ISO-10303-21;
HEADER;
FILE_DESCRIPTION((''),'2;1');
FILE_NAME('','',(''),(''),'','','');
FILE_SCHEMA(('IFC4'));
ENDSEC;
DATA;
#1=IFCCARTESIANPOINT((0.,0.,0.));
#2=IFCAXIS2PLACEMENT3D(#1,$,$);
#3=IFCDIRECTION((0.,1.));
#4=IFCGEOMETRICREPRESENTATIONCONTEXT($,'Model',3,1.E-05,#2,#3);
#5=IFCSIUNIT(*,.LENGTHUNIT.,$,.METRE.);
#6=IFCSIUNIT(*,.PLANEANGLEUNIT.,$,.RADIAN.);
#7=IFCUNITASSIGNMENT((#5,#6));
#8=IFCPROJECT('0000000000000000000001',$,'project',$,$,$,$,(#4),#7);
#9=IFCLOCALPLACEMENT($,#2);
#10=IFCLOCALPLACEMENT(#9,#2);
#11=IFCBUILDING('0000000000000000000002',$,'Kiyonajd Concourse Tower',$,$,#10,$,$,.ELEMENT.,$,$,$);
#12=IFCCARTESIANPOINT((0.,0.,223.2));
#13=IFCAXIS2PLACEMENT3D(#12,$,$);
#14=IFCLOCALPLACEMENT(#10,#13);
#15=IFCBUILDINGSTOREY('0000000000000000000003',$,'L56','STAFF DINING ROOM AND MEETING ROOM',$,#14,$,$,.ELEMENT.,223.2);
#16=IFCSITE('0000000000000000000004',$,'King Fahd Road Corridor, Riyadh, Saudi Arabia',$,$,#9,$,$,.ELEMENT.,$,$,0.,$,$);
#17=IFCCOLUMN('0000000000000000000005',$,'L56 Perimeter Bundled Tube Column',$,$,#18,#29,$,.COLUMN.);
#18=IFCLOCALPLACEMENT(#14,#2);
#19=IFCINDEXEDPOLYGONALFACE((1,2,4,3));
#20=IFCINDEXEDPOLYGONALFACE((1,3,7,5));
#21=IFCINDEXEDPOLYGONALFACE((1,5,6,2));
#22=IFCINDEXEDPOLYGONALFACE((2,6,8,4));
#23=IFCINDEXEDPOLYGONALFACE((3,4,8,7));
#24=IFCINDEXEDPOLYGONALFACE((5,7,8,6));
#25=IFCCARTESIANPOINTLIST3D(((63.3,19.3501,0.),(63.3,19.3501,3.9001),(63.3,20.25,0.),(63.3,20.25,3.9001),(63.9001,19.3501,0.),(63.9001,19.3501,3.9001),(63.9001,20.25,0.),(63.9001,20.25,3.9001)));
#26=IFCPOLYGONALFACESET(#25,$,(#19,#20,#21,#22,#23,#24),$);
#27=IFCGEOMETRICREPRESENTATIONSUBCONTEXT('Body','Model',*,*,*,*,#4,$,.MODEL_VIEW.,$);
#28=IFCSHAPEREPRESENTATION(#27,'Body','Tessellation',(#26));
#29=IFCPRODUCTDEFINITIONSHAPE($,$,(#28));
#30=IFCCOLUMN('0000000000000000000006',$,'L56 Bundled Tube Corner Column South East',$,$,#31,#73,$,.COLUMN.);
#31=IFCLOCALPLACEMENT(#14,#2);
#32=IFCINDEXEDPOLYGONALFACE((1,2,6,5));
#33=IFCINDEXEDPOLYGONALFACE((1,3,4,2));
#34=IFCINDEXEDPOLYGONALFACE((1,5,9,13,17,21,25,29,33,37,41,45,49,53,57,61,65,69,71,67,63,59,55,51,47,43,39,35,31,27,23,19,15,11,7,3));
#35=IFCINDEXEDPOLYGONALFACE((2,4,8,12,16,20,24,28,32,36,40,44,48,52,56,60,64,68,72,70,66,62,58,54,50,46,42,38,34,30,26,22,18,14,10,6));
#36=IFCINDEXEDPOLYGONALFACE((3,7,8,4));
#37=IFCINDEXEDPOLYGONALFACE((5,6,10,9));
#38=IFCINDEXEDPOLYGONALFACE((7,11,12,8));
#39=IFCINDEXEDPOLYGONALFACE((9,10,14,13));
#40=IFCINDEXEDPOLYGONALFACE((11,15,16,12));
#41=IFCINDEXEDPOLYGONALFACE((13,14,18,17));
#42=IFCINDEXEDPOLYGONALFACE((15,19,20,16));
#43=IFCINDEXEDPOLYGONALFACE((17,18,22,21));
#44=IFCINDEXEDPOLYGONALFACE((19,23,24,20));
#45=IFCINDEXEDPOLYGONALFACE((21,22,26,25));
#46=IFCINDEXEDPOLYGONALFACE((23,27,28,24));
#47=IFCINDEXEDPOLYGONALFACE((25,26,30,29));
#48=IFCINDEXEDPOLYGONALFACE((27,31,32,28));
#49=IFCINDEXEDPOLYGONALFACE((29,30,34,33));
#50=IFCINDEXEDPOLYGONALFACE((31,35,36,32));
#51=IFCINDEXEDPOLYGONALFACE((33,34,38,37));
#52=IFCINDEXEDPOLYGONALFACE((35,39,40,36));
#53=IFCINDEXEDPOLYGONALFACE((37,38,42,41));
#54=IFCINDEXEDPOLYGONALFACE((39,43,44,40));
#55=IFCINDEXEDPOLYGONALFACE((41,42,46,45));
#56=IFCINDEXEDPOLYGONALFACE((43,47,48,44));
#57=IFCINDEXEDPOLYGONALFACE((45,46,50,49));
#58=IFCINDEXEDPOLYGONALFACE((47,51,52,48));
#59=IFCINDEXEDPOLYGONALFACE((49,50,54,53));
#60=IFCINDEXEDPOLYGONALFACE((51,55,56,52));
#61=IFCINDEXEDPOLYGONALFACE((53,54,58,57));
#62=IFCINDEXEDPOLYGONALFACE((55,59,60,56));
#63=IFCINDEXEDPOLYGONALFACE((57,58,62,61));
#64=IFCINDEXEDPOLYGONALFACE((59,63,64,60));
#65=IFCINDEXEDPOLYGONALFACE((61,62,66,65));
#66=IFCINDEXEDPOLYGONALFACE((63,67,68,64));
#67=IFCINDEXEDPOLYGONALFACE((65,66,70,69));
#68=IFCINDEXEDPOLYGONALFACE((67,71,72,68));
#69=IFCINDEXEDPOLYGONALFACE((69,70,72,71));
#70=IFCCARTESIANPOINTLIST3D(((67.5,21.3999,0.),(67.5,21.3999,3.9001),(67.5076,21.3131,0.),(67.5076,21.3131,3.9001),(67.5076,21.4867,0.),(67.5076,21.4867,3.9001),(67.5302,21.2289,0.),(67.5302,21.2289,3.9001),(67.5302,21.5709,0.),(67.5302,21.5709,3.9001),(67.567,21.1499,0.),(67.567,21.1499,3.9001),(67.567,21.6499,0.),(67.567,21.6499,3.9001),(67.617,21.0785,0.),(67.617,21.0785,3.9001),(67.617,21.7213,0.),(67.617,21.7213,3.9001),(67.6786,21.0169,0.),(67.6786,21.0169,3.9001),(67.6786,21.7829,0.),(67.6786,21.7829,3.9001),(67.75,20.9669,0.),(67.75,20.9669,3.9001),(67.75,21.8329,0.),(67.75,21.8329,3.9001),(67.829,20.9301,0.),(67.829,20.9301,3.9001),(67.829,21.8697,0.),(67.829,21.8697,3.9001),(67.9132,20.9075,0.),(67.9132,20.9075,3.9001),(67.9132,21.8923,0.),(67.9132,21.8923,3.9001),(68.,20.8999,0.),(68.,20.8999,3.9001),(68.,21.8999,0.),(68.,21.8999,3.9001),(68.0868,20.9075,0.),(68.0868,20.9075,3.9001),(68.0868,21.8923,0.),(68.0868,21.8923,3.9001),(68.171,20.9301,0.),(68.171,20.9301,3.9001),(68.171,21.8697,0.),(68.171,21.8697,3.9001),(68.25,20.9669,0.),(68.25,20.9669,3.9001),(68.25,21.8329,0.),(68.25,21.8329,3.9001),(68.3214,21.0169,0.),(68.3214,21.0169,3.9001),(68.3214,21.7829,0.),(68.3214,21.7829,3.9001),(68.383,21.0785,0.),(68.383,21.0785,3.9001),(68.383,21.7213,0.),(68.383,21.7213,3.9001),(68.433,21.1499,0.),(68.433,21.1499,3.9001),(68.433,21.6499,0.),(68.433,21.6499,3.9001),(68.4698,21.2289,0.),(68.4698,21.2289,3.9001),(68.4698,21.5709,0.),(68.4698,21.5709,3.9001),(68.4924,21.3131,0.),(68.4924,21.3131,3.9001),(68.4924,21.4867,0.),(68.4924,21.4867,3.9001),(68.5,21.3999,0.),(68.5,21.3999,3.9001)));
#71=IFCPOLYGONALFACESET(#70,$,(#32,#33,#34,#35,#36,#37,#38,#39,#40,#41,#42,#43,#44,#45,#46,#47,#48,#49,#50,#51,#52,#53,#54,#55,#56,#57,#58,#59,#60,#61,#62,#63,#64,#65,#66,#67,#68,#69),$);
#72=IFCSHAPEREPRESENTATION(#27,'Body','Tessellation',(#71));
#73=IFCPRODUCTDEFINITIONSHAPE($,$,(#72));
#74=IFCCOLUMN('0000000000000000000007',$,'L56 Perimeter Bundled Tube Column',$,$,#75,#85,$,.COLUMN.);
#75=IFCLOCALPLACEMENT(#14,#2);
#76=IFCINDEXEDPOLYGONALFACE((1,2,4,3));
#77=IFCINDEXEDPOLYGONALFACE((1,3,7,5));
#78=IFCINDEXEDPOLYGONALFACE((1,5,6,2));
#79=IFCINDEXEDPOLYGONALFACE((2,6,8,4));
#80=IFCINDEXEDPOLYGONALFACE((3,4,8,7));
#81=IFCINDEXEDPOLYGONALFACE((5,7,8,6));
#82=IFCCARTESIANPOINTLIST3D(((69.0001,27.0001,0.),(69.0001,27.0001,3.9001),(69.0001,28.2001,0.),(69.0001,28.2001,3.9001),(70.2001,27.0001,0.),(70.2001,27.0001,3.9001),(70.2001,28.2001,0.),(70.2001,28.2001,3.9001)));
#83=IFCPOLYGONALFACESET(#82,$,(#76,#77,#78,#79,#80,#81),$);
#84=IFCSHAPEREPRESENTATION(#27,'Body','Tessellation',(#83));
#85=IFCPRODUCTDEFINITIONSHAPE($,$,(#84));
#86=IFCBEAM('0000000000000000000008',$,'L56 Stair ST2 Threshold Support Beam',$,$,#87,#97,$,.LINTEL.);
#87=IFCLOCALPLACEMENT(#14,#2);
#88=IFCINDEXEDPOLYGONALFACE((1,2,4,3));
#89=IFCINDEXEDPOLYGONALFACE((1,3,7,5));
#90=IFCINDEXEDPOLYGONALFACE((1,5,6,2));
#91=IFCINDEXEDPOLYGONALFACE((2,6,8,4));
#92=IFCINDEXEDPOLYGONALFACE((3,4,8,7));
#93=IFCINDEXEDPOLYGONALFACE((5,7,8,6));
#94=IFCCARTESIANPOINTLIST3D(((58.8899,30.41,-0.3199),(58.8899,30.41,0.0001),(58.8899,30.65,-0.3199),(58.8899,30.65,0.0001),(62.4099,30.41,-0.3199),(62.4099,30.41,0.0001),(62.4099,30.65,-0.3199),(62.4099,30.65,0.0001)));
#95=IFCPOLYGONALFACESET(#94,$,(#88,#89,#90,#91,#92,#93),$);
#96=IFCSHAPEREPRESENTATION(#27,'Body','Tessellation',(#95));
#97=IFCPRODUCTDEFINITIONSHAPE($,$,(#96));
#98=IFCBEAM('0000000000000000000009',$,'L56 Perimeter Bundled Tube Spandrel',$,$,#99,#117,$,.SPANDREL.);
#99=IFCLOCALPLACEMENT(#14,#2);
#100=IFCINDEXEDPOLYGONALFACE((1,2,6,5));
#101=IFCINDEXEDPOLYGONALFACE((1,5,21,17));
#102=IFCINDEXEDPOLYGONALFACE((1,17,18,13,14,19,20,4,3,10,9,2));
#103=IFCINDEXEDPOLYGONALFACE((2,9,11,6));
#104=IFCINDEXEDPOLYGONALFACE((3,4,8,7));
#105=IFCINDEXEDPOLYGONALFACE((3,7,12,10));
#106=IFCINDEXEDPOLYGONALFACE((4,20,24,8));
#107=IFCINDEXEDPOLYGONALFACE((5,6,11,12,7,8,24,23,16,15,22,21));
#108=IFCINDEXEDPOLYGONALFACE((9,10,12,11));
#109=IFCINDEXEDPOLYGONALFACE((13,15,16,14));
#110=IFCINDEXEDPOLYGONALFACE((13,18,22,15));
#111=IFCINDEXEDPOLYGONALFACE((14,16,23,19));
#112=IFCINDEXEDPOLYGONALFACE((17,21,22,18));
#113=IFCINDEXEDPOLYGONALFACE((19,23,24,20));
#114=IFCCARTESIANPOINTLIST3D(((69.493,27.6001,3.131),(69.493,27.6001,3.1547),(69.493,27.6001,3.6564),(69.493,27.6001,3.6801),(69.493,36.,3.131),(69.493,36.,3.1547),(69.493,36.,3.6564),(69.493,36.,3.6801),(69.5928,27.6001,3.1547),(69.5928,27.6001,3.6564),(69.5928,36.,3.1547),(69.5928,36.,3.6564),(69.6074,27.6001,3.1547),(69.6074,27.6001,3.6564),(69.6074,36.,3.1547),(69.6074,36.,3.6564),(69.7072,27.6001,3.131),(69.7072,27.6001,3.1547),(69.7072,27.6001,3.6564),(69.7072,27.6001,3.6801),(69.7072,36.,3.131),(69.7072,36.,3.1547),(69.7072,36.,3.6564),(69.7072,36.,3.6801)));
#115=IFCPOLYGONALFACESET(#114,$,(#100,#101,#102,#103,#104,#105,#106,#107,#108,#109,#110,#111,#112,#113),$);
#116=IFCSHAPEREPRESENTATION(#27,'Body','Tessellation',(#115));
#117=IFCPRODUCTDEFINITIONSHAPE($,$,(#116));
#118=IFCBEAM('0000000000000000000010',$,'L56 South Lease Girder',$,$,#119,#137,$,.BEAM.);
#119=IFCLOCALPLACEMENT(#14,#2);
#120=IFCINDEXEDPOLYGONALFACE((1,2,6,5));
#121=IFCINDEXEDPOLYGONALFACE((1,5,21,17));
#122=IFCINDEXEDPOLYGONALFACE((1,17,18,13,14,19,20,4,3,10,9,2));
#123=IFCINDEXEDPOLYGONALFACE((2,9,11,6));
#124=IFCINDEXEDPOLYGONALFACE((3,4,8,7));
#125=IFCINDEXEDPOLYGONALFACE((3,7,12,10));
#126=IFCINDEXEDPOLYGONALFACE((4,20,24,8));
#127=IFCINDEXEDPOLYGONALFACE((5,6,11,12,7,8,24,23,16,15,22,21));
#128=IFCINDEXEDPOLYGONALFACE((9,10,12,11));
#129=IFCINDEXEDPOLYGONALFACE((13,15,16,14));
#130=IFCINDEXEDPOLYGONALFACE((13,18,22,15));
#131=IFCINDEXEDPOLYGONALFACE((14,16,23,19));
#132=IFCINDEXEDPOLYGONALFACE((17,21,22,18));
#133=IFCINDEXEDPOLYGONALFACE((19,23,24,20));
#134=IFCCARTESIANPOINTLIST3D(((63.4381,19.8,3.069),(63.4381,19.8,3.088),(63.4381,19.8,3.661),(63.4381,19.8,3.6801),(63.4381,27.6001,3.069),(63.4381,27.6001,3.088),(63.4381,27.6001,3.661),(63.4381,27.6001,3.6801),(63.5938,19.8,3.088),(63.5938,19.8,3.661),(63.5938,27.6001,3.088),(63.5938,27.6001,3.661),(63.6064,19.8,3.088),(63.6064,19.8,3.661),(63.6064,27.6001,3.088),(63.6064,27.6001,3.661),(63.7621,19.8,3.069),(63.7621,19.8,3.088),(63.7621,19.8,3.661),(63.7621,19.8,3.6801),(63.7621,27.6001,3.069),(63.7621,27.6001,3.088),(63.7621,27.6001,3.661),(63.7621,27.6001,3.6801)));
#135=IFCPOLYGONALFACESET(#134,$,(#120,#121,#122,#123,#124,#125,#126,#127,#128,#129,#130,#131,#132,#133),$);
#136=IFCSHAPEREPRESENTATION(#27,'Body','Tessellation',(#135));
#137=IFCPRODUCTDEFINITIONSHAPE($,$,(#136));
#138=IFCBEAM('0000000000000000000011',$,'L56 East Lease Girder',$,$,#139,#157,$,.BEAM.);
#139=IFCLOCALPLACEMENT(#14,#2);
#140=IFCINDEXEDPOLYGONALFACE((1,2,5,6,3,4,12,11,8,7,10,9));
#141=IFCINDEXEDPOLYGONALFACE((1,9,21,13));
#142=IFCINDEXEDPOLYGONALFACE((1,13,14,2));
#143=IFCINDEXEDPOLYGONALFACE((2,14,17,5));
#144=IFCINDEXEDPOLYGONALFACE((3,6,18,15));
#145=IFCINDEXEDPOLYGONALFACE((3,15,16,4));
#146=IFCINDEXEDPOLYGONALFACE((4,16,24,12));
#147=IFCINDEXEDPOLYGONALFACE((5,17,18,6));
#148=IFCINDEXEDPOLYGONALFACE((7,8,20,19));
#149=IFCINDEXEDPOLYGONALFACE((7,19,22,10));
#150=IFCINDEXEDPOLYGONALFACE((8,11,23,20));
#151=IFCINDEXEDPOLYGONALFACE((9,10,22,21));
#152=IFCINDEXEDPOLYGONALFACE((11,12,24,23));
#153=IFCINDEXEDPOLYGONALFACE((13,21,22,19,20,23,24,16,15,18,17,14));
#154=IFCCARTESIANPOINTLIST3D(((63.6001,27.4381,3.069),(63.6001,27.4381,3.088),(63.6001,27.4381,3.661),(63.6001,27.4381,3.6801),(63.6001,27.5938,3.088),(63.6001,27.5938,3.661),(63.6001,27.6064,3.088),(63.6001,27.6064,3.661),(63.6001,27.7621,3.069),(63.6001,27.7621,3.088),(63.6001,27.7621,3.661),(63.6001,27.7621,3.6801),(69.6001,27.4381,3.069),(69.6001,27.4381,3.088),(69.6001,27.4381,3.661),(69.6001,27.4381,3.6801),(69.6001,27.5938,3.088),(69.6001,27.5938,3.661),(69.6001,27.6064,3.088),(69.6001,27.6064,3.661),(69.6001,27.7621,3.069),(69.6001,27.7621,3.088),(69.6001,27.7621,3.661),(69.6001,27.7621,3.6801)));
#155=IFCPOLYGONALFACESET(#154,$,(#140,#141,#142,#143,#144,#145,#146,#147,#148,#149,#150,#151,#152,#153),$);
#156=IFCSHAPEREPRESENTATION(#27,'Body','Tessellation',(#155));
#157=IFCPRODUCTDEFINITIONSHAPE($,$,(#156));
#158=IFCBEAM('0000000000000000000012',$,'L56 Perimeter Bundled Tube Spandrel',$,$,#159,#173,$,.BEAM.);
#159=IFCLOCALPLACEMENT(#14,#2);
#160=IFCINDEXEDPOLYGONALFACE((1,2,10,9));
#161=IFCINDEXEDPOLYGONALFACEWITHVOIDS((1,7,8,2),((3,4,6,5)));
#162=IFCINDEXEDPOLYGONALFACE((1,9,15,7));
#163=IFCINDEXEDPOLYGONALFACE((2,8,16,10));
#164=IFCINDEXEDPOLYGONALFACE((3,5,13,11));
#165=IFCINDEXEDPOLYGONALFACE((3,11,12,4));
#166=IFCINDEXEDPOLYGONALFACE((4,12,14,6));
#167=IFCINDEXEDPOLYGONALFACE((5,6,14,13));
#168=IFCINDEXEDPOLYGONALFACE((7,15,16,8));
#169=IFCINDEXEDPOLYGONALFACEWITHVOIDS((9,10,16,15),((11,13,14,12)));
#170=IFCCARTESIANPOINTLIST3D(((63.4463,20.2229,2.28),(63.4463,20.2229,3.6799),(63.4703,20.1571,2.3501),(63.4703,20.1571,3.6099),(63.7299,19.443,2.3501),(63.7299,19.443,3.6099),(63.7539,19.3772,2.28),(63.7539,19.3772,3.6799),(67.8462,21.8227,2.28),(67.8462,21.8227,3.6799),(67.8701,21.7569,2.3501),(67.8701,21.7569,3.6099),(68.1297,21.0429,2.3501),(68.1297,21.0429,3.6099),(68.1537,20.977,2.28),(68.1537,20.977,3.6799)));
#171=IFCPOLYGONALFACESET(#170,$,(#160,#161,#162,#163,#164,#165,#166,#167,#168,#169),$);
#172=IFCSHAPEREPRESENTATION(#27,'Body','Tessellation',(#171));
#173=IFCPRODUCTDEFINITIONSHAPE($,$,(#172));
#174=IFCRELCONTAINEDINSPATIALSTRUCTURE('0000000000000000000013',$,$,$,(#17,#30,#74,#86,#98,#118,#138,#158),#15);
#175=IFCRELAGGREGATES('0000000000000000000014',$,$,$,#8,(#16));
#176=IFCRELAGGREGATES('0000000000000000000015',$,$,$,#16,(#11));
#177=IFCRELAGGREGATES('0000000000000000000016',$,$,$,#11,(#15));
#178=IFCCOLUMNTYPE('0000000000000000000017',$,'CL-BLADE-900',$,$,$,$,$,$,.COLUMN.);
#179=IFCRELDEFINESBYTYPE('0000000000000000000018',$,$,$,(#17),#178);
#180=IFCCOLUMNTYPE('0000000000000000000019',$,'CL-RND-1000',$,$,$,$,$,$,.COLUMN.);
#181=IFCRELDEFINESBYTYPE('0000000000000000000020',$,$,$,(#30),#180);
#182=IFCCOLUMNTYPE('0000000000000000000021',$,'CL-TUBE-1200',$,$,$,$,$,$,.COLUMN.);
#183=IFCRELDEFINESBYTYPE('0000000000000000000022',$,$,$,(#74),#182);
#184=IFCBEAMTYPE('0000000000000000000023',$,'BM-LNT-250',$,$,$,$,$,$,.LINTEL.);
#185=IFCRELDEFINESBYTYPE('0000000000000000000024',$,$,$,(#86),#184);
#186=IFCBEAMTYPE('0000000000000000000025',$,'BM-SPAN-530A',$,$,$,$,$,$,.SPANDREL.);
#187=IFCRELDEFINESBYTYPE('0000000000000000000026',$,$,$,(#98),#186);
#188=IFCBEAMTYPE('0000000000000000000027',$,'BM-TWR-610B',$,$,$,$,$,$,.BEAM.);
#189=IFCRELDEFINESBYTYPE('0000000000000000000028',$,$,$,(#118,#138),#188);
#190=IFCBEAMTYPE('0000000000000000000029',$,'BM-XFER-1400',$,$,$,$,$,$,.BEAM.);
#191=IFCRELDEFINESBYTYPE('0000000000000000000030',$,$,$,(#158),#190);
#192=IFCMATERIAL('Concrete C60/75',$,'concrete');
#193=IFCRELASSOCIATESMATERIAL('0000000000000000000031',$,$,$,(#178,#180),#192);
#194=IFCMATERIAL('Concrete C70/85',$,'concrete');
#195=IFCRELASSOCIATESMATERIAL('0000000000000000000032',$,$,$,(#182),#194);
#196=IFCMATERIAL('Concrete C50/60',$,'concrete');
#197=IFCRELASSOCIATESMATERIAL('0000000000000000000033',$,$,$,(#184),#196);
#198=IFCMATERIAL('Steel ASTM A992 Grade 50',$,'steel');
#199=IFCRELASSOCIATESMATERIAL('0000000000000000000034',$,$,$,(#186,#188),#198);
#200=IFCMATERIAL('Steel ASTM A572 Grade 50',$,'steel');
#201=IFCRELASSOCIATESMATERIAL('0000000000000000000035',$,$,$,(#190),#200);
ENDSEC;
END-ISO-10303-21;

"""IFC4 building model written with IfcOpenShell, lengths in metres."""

from ifc_helpers import new_model, si_unit, direction, frame, origin, origin_2d, place, context, subcontext, project, spatial, rectangle, hollow_rectangle, circle, i_section, extrude, material, material_profile, profile_set, type_object, element, save


model = new_model("IFC4")

# Units and contexts
model_context = context("Model", 3, precision=1e-05, world=origin(), true_north=direction((0.0, 1.0)))
body_context = subcontext(model_context, "Body", "Model", "MODEL_VIEW")
ifc_project = project(units=[si_unit("LENGTHUNIT", "METRE"), si_unit("PLANEANGLEUNIT", "RADIAN")], contexts=[model_context])

# Site, building, storey
site_placement = place(None, origin())
site = spatial("IfcSite", under=ifc_project, at=site_placement, Name="King Fahd Road Corridor, Riyadh, Saudi Arabia", CompositionType="ELEMENT", RefElevation=0.0)
building_placement = place(site_placement, origin())
building = spatial("IfcBuilding", under=site, at=building_placement, Name="Kiyonajd Concourse Tower", CompositionType="ELEMENT")
storey_placement = place(building_placement, frame((0.0, 0.0, 223.2)))
storey = spatial("IfcBuildingStorey", under=building, at=storey_placement, Name="L56", Description="STAFF DINING ROOM AND MEETING ROOM", CompositionType="ELEMENT", Elevation=223.2)

# Columns
ifc_material_1 = material(Name="Concrete C60/75", Category="concrete")
ifc_material_profile_1 = material_profile(ifc_material_1, rectangle(XDim=0.6001, YDim=0.8999, at=origin_2d()), Name="RC-900x600")
ifc_profile_set_1 = profile_set([ifc_material_profile_1], Name="Concrete C60/75")
column_type_1 = type_object("IfcColumnType", Name="CL-BLADE-900", PredefinedType="COLUMN", material=ifc_profile_set_1)
column_1_placement = place(storey_placement, frame((63.6001, 19.8, 0.0), z_axis=(0.0, 0.0, 1.0), x_axis=(1.0, 0.0, 0.0)))
element("IfcColumn", 1, at=column_1_placement, inside=storey, type_object=column_type_1, Name="L56 Perimeter Bundled Tube Column", PredefinedType="COLUMN", context=body_context, shape_type="SweptSolid", body=[
    extrude(rectangle(XDim=0.6001, YDim=0.8999, at=origin_2d()), origin(), (0.0, 0.0, 1.0), 3.9001),
])
ifc_material_profile_2 = material_profile(ifc_material_1, circle(Radius=0.5, at=origin_2d()), Name="RCC-D1000")
ifc_profile_set_2 = profile_set([ifc_material_profile_2], Name="Concrete C60/75")
column_type_2 = type_object("IfcColumnType", Name="CL-RND-1000", PredefinedType="COLUMN", material=ifc_profile_set_2)
column_2_placement = place(storey_placement, frame((68.0, 21.3999, 0.0), z_axis=(0.0, 0.0, 1.0), x_axis=(1.0, 0.0, 0.0)))
element("IfcColumn", 2, at=column_2_placement, inside=storey, type_object=column_type_2, Name="L56 Bundled Tube Corner Column South East", PredefinedType="COLUMN", context=body_context, shape_type="SweptSolid", body=[
    extrude(circle(Radius=0.5, at=origin_2d()), origin(), (0.0, 0.0, 1.0), 3.9001),
])
ifc_material_2 = material(Name="Concrete C70/85", Category="concrete")
ifc_material_profile_3 = material_profile(ifc_material_2, rectangle(XDim=1.2, YDim=1.2, at=origin_2d()), Name="RC-1200x1200")
ifc_profile_set_3 = profile_set([ifc_material_profile_3], Name="Concrete C70/85")
column_type_3 = type_object("IfcColumnType", Name="CL-TUBE-1200", PredefinedType="COLUMN", material=ifc_profile_set_3)
column_3_placement = place(storey_placement, frame((69.6001, 27.6001, 0.0), z_axis=(0.0, 0.0, 1.0), x_axis=(1.0, 0.0, 0.0)))
element("IfcColumn", 3, at=column_3_placement, inside=storey, type_object=column_type_3, Name="L56 Perimeter Bundled Tube Column", PredefinedType="COLUMN", context=body_context, shape_type="SweptSolid", body=[
    extrude(rectangle(XDim=1.2, YDim=1.2, at=origin_2d()), origin(), (0.0, 0.0, 1.0), 3.9001),
])

# Beams
ifc_material_3 = material(Name="Concrete C50/60", Category="concrete")
ifc_material_profile_4 = material_profile(ifc_material_3, rectangle(XDim=0.24, YDim=0.3201, at=origin_2d()), Name="RCBM-240x320")
ifc_profile_set_4 = profile_set([ifc_material_profile_4], Name="Concrete C50/60")
beam_type_1 = type_object("IfcBeamType", Name="BM-LNT-250", PredefinedType="LINTEL", material=ifc_profile_set_4)
beam_1_placement = place(storey_placement, frame((58.8899, 30.53, -0.1599), z_axis=(1.0, 0.0, 0.0), x_axis=(0.0, 1.0, 0.0)))
element("IfcBeam", 4, at=beam_1_placement, inside=storey, type_object=beam_type_1, Name="L56 Stair ST2 Threshold Support Beam", PredefinedType="LINTEL", context=body_context, shape_type="SweptSolid", body=[
    extrude(rectangle(XDim=0.24, YDim=0.3201, at=origin_2d()), origin(), (0.0, 0.0, 1.0), 3.52),
])
ifc_material_4 = material(Name="Steel ASTM A992 Grade 50", Category="steel")
ifc_material_profile_5 = material_profile(ifc_material_4, i_section(OverallWidth=0.2141, OverallDepth=0.5491, WebThickness=0.0146, FlangeThickness=0.0237, at=origin_2d()), Name="W530X138")
ifc_profile_set_5 = profile_set([ifc_material_profile_5], Name="Steel ASTM A992 Grade 50")
beam_type_2 = type_object("IfcBeamType", Name="BM-SPAN-530A", PredefinedType="SPANDREL", material=ifc_profile_set_5)
beam_2_placement = place(storey_placement, frame((69.6001, 27.6001, 3.4055), z_axis=(0.0, 1.0, 0.0), x_axis=(-1.0, 0.0, 0.0)))
element("IfcBeam", 5, at=beam_2_placement, inside=storey, type_object=beam_type_2, Name="L56 Perimeter Bundled Tube Spandrel", PredefinedType="SPANDREL", context=body_context, shape_type="SweptSolid", body=[
    extrude(i_section(OverallWidth=0.2141, OverallDepth=0.5491, WebThickness=0.0146, FlangeThickness=0.0237, at=origin_2d()), origin(), (0.0, 0.0, 1.0), 8.3999),
])
ifc_material_profile_6 = material_profile(ifc_material_4, i_section(OverallWidth=0.324, OverallDepth=0.6111, WebThickness=0.0127, FlangeThickness=0.019, at=origin_2d()), Name="W610X155")
ifc_profile_set_6 = profile_set([ifc_material_profile_6], Name="Steel ASTM A992 Grade 50")
beam_type_3 = type_object("IfcBeamType", Name="BM-TWR-610B", PredefinedType="BEAM", material=ifc_profile_set_6)
beam_3_placement = place(storey_placement, frame((63.6001, 19.8, 3.3745), z_axis=(0.0, 1.0, 0.0), x_axis=(-1.0, 0.0, 0.0)))
element("IfcBeam", 6, at=beam_3_placement, inside=storey, type_object=beam_type_3, Name="L56 South Lease Girder", PredefinedType="BEAM", context=body_context, shape_type="SweptSolid", body=[
    extrude(i_section(OverallWidth=0.324, OverallDepth=0.6111, WebThickness=0.0127, FlangeThickness=0.019, at=origin_2d()), origin(), (0.0, 0.0, 1.0), 7.8),
])
beam_4_placement = place(storey_placement, frame((63.6001, 27.6001, 3.3745), z_axis=(1.0, 0.0, 0.0), x_axis=(0.0, 1.0, 0.0)))
element("IfcBeam", 7, at=beam_4_placement, inside=storey, type_object=beam_type_3, Name="L56 East Lease Girder", PredefinedType="BEAM", context=body_context, shape_type="SweptSolid", body=[
    extrude(i_section(OverallWidth=0.324, OverallDepth=0.6111, WebThickness=0.0127, FlangeThickness=0.019, at=origin_2d()), origin(), (0.0, 0.0, 1.0), 6.0),
])
ifc_material_5 = material(Name="Steel ASTM A572 Grade 50", Category="steel")
ifc_material_profile_7 = material_profile(ifc_material_5, hollow_rectangle(XDim=0.8999, YDim=1.3999, WallThickness=0.0701, at=origin_2d()), Name="BOX-1400x900x70")
ifc_profile_set_7 = profile_set([ifc_material_profile_7], Name="Steel ASTM A572 Grade 50")
beam_type_4 = type_object("IfcBeamType", Name="BM-XFER-1400", PredefinedType="BEAM", material=ifc_profile_set_7)
beam_5_placement = place(storey_placement, frame((63.6001, 19.8, 2.98), z_axis=(0.939801, 0.341722, 0.0), x_axis=(-0.341722, 0.939801, 0.0)))
element("IfcBeam", 8, at=beam_5_placement, inside=storey, type_object=beam_type_4, Name="L56 Perimeter Bundled Tube Spandrel", PredefinedType="BEAM", context=body_context, shape_type="SweptSolid", body=[
    extrude(hollow_rectangle(XDim=0.8999, YDim=1.3999, WallThickness=0.0701, at=origin_2d()), origin(), (0.0, 0.0, 1.0), 4.6816),
])

save(model, "model.ifc")
